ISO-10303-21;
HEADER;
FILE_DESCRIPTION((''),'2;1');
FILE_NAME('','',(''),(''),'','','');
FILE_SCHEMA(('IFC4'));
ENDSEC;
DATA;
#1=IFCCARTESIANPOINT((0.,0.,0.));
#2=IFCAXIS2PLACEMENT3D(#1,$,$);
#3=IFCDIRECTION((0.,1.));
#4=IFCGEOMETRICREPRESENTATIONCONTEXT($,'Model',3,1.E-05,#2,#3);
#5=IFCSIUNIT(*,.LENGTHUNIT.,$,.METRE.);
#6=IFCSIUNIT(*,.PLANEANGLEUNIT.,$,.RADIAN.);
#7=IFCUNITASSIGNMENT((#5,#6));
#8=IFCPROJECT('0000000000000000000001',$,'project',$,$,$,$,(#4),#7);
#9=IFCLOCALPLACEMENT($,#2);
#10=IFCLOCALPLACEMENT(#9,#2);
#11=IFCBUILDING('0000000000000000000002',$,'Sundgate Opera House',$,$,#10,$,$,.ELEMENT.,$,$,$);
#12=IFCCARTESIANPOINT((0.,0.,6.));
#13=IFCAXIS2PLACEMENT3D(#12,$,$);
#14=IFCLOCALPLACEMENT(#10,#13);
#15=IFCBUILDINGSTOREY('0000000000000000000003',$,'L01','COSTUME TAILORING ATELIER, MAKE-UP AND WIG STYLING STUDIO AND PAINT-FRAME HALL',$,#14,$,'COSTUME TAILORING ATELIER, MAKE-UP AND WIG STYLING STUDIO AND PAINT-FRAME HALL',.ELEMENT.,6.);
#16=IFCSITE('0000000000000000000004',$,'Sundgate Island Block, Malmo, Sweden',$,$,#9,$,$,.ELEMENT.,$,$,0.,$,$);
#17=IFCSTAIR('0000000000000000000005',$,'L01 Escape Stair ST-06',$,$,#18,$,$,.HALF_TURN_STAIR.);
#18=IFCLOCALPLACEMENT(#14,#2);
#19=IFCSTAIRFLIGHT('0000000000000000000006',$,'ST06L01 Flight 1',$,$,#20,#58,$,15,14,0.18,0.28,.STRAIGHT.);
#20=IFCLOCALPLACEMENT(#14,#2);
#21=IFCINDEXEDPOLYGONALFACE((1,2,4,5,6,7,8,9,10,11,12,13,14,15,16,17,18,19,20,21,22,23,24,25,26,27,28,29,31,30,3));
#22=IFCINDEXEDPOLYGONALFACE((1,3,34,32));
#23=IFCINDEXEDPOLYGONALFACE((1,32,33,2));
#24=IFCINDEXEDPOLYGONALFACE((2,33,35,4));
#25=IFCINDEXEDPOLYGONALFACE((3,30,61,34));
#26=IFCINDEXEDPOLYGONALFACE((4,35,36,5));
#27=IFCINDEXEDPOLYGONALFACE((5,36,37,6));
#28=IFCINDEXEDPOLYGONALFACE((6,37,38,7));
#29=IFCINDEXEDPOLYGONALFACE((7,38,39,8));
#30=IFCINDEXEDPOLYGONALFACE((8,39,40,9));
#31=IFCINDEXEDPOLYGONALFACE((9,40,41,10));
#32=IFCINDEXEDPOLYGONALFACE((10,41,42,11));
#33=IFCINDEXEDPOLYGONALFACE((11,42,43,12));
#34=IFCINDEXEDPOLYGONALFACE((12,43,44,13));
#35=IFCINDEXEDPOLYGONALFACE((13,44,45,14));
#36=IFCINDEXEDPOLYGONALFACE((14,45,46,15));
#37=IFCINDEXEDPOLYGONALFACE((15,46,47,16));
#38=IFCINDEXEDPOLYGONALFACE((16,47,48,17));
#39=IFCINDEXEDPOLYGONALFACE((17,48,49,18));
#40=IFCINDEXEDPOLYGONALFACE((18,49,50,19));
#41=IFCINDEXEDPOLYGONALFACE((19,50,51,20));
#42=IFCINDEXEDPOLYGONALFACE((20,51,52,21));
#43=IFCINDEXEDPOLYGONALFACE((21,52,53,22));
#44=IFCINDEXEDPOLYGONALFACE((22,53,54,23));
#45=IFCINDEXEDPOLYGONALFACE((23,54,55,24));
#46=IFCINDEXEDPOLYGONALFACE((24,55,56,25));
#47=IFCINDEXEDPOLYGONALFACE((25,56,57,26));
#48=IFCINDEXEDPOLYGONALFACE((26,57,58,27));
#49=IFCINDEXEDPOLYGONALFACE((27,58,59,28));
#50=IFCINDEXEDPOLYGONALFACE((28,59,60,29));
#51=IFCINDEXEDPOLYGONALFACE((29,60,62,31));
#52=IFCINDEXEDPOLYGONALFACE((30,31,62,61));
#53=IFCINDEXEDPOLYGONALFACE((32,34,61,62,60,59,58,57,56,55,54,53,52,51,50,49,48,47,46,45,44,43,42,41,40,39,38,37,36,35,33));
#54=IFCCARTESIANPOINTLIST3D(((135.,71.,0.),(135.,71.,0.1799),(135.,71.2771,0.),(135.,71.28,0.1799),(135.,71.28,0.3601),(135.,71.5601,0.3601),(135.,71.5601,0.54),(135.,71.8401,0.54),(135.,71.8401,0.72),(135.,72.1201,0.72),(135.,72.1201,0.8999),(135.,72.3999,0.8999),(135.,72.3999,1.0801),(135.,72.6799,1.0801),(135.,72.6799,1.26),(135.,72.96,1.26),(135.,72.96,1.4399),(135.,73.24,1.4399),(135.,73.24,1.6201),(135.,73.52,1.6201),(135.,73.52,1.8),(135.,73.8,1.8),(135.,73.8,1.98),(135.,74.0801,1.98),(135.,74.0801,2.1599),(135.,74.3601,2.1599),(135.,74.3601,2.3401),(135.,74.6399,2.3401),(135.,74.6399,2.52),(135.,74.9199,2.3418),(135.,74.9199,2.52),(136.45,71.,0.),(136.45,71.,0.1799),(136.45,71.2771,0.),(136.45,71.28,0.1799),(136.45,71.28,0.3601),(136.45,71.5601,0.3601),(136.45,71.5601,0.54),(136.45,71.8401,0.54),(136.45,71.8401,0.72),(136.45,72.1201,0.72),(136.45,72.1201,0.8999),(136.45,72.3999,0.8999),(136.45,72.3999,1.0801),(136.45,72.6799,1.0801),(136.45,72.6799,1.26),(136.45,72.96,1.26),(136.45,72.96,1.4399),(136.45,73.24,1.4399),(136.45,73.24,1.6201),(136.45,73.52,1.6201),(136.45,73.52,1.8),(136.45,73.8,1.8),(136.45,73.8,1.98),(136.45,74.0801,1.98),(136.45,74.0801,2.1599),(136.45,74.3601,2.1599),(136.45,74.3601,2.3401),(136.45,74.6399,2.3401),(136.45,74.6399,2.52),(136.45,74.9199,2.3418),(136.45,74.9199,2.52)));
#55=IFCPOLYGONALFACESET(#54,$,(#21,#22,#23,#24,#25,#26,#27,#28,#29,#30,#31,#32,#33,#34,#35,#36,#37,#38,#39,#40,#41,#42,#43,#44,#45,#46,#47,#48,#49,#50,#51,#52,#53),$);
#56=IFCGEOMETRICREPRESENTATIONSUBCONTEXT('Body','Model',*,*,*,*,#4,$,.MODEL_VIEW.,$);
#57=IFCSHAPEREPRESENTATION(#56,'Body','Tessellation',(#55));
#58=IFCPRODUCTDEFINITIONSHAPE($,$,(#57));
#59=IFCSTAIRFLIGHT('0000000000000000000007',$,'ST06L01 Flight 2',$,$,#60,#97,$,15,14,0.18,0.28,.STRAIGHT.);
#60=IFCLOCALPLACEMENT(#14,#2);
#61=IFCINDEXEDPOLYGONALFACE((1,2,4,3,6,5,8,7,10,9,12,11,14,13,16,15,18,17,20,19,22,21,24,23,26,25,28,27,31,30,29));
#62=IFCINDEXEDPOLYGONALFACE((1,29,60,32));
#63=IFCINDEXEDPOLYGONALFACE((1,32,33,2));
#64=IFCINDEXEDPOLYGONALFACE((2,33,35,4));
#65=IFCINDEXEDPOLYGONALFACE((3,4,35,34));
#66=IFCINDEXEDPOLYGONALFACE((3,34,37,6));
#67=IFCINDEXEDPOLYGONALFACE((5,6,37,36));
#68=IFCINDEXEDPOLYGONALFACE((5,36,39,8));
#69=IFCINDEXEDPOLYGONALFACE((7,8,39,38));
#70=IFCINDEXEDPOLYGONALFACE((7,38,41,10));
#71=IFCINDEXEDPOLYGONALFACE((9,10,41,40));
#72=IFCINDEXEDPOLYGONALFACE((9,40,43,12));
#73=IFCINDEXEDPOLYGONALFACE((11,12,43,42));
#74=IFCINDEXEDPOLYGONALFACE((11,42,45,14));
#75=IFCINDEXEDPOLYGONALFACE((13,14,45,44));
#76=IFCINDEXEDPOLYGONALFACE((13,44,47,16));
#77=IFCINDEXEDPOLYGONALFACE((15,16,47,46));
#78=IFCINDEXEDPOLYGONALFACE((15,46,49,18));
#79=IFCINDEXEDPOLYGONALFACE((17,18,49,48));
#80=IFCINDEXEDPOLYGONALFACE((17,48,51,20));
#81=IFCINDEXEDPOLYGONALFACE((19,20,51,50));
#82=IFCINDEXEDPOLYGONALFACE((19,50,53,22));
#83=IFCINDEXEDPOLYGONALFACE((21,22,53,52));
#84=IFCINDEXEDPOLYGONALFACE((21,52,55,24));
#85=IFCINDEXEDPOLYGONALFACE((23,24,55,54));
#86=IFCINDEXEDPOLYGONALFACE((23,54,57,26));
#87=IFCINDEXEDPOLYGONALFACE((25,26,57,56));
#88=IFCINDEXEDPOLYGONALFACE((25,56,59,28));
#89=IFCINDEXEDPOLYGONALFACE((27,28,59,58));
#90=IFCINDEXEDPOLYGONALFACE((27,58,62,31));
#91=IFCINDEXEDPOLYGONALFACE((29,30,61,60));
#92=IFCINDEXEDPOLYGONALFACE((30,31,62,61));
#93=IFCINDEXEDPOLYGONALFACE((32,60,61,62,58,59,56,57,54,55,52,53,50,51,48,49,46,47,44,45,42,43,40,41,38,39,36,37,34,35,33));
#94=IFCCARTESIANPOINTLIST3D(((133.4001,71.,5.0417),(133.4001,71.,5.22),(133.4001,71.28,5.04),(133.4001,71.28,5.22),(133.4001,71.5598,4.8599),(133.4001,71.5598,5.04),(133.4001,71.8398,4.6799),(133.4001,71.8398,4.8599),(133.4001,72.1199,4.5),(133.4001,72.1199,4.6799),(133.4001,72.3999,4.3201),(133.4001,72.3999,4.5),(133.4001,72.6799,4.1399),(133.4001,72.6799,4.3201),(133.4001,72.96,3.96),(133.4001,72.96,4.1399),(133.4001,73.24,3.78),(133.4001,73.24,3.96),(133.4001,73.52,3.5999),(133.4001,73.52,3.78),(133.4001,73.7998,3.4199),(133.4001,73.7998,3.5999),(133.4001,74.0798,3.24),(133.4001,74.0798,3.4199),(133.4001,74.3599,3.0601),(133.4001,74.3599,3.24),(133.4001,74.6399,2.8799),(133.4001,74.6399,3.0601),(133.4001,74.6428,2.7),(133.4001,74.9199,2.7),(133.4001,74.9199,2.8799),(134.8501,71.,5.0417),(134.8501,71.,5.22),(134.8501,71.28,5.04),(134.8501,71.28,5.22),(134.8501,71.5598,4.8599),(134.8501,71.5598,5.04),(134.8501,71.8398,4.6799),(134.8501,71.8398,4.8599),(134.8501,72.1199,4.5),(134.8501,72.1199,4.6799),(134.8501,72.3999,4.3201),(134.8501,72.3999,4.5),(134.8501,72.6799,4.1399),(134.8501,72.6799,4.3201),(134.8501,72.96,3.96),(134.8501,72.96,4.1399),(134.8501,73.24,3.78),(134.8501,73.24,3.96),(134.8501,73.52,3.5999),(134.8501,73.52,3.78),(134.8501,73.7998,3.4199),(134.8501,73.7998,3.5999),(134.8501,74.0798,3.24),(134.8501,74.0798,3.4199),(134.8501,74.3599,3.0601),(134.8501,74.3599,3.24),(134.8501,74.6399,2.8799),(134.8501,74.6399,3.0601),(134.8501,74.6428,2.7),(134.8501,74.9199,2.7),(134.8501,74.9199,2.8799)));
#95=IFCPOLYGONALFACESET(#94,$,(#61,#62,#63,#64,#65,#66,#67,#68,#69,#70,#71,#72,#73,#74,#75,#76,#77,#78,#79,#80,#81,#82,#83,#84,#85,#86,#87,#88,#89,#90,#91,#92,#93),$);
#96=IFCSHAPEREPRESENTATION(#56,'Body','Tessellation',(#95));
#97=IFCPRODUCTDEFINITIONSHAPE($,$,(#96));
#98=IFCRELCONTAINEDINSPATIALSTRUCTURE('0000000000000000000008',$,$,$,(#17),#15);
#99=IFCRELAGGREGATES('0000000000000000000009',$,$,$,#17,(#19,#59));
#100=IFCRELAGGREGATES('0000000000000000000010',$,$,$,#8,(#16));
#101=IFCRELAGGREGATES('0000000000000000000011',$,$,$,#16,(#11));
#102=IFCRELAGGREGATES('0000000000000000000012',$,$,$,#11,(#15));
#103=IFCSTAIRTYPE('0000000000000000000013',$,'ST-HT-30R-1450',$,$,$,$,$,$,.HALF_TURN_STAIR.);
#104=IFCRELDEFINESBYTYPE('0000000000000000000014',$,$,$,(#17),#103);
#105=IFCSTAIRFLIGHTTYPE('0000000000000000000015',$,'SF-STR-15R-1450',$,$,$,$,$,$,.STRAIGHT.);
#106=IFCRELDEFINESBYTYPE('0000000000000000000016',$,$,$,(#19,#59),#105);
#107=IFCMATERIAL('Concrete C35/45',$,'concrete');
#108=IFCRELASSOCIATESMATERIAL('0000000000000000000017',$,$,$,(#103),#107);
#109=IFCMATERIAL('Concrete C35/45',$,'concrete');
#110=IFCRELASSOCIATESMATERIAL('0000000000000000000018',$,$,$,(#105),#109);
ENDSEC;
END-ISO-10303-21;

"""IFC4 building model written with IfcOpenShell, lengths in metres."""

from ifc_helpers import new_model, si_unit, direction, frame, origin, place, context, subcontext, project, spatial, polyline, outline, extrude, material, type_object, element, aggregate, save


model = new_model("IFC4")

# Units and contexts
model_context = context("Model", 3, precision=1e-05, world=origin(), true_north=direction((0.0, 1.0)))
body_context = subcontext(model_context, "Body", "Model", "MODEL_VIEW")
ifc_project = project(units=[si_unit("LENGTHUNIT", "METRE"), si_unit("PLANEANGLEUNIT", "RADIAN")], contexts=[model_context])

# Site, building, storey
site_placement = place(None, origin())
site = spatial("IfcSite", under=ifc_project, at=site_placement, Name="Sundgate Island Block, Malmo, Sweden", CompositionType="ELEMENT", RefElevation=0.0)
building_placement = place(site_placement, origin())
building = spatial("IfcBuilding", under=site, at=building_placement, Name="Sundgate Opera House", CompositionType="ELEMENT")
storey_placement = place(building_placement, frame((0.0, 0.0, 6.0)))
storey = spatial("IfcBuildingStorey", under=building, at=storey_placement, Name="L01", Description="COSTUME TAILORING ATELIER, MAKE-UP AND WIG STYLING STUDIO AND PAINT-FRAME HALL", LongName="COSTUME TAILORING ATELIER, MAKE-UP AND WIG STYLING STUDIO AND PAINT-FRAME HALL", CompositionType="ELEMENT", Elevation=6.0)

# Stair, stair flights
ifc_material_1 = material(Name="Concrete C35/45", Category="concrete")
stair_type = type_object("IfcStairType", Name="ST-HT-30R-1450", PredefinedType="HALF_TURN_STAIR", material=ifc_material_1)
stair_placement = place(storey_placement, origin())
stair = element("IfcStair", 1, at=stair_placement, inside=storey, type_object=stair_type, Name="L01 Escape Stair ST-06", PredefinedType="HALF_TURN_STAIR")
ifc_material_2 = material(Name="Concrete C35/45", Category="concrete")
stair_flight_type = type_object("IfcStairFlightType", Name="SF-STR-15R-1450", PredefinedType="STRAIGHT", material=ifc_material_2)
stair_flight_1_placement = place(storey_placement, frame((135.7251, 71.0, 0.0), z_axis=(0.0, 0.0, 1.0), x_axis=(0.0, 1.0, 0.0)))
stair_flight_1 = element("IfcStairFlight", 2, at=stair_flight_1_placement, type_object=stair_flight_type, Name="ST06L01 Flight 1", NumberOfRisers=15, NumberOfTreads=14, PredefinedType="STRAIGHT", RiserHeight=0.18, TreadLength=0.28, context=body_context, shape_type="SweptSolid", body=[
    extrude(outline(polyline([(0.0, 0.0), (0.0, 0.1799), (0.28, 0.1799), (0.28, 0.3601), (0.5601, 0.3601), (0.5601, 0.54), (0.8401, 0.54), (0.8401, 0.72), (1.1201, 0.72), (1.1201, 0.8999), (1.3999, 0.8999), (1.3999, 1.0801), (1.6799, 1.0801), (1.6799, 1.26), (1.96, 1.26), (1.96, 1.4399), (2.24, 1.4399), (2.24, 1.6201), (2.52, 1.6201), (2.52, 1.8), (2.8, 1.8), (2.8, 1.98), (3.0801, 1.98), (3.0801, 2.1599), (3.3601, 2.1599), (3.3601, 2.3401), (3.6399, 2.3401), (3.6399, 2.52), (3.9199, 2.52), (3.9199, 2.7), (3.9199, 2.3418), (0.2771, 0.0), (0.0, 0.0)])), frame((0.0, 0.7251, 0.0), z_axis=(0.0, -1.0, 0.0), x_axis=(1.0, 0.0, 0.0)), (0.0, 0.0, 1.0), 1.45),
])
stair_flight_2_placement = place(storey_placement, frame((134.125, 74.9199, 2.7), z_axis=(0.0, 0.0, 1.0), x_axis=(0.0, -1.0, 0.0)))
stair_flight_2 = element("IfcStairFlight", 3, at=stair_flight_2_placement, type_object=stair_flight_type, Name="ST06L01 Flight 2", NumberOfRisers=15, NumberOfTreads=14, PredefinedType="STRAIGHT", RiserHeight=0.18, TreadLength=0.28, context=body_context, shape_type="SweptSolid", body=[
    extrude(outline(polyline([(0.0, 0.0), (0.0, 0.1799), (0.28, 0.1799), (0.28, 0.3601), (0.5601, 0.3601), (0.5601, 0.54), (0.8401, 0.54), (0.8401, 0.72), (1.1201, 0.72), (1.1201, 0.8999), (1.3999, 0.8999), (1.3999, 1.0801), (1.6799, 1.0801), (1.6799, 1.26), (1.96, 1.26), (1.96, 1.4399), (2.24, 1.4399), (2.24, 1.6201), (2.52, 1.6201), (2.52, 1.8), (2.8, 1.8), (2.8, 1.98), (3.0801, 1.98), (3.0801, 2.1599), (3.3601, 2.1599), (3.3601, 2.3401), (3.6399, 2.3401), (3.6399, 2.52), (3.9199, 2.52), (3.9199, 2.7), (3.9199, 2.3418), (0.2771, 0.0), (0.0, 0.0)])), frame((0.0, 0.7251, 0.0), z_axis=(0.0, -1.0, 0.0), x_axis=(1.0, 0.0, 0.0)), (0.0, 0.0, 1.0), 1.45),
])
aggregate(stair, [stair_flight_1, stair_flight_2])

save(model, "model.ifc")
